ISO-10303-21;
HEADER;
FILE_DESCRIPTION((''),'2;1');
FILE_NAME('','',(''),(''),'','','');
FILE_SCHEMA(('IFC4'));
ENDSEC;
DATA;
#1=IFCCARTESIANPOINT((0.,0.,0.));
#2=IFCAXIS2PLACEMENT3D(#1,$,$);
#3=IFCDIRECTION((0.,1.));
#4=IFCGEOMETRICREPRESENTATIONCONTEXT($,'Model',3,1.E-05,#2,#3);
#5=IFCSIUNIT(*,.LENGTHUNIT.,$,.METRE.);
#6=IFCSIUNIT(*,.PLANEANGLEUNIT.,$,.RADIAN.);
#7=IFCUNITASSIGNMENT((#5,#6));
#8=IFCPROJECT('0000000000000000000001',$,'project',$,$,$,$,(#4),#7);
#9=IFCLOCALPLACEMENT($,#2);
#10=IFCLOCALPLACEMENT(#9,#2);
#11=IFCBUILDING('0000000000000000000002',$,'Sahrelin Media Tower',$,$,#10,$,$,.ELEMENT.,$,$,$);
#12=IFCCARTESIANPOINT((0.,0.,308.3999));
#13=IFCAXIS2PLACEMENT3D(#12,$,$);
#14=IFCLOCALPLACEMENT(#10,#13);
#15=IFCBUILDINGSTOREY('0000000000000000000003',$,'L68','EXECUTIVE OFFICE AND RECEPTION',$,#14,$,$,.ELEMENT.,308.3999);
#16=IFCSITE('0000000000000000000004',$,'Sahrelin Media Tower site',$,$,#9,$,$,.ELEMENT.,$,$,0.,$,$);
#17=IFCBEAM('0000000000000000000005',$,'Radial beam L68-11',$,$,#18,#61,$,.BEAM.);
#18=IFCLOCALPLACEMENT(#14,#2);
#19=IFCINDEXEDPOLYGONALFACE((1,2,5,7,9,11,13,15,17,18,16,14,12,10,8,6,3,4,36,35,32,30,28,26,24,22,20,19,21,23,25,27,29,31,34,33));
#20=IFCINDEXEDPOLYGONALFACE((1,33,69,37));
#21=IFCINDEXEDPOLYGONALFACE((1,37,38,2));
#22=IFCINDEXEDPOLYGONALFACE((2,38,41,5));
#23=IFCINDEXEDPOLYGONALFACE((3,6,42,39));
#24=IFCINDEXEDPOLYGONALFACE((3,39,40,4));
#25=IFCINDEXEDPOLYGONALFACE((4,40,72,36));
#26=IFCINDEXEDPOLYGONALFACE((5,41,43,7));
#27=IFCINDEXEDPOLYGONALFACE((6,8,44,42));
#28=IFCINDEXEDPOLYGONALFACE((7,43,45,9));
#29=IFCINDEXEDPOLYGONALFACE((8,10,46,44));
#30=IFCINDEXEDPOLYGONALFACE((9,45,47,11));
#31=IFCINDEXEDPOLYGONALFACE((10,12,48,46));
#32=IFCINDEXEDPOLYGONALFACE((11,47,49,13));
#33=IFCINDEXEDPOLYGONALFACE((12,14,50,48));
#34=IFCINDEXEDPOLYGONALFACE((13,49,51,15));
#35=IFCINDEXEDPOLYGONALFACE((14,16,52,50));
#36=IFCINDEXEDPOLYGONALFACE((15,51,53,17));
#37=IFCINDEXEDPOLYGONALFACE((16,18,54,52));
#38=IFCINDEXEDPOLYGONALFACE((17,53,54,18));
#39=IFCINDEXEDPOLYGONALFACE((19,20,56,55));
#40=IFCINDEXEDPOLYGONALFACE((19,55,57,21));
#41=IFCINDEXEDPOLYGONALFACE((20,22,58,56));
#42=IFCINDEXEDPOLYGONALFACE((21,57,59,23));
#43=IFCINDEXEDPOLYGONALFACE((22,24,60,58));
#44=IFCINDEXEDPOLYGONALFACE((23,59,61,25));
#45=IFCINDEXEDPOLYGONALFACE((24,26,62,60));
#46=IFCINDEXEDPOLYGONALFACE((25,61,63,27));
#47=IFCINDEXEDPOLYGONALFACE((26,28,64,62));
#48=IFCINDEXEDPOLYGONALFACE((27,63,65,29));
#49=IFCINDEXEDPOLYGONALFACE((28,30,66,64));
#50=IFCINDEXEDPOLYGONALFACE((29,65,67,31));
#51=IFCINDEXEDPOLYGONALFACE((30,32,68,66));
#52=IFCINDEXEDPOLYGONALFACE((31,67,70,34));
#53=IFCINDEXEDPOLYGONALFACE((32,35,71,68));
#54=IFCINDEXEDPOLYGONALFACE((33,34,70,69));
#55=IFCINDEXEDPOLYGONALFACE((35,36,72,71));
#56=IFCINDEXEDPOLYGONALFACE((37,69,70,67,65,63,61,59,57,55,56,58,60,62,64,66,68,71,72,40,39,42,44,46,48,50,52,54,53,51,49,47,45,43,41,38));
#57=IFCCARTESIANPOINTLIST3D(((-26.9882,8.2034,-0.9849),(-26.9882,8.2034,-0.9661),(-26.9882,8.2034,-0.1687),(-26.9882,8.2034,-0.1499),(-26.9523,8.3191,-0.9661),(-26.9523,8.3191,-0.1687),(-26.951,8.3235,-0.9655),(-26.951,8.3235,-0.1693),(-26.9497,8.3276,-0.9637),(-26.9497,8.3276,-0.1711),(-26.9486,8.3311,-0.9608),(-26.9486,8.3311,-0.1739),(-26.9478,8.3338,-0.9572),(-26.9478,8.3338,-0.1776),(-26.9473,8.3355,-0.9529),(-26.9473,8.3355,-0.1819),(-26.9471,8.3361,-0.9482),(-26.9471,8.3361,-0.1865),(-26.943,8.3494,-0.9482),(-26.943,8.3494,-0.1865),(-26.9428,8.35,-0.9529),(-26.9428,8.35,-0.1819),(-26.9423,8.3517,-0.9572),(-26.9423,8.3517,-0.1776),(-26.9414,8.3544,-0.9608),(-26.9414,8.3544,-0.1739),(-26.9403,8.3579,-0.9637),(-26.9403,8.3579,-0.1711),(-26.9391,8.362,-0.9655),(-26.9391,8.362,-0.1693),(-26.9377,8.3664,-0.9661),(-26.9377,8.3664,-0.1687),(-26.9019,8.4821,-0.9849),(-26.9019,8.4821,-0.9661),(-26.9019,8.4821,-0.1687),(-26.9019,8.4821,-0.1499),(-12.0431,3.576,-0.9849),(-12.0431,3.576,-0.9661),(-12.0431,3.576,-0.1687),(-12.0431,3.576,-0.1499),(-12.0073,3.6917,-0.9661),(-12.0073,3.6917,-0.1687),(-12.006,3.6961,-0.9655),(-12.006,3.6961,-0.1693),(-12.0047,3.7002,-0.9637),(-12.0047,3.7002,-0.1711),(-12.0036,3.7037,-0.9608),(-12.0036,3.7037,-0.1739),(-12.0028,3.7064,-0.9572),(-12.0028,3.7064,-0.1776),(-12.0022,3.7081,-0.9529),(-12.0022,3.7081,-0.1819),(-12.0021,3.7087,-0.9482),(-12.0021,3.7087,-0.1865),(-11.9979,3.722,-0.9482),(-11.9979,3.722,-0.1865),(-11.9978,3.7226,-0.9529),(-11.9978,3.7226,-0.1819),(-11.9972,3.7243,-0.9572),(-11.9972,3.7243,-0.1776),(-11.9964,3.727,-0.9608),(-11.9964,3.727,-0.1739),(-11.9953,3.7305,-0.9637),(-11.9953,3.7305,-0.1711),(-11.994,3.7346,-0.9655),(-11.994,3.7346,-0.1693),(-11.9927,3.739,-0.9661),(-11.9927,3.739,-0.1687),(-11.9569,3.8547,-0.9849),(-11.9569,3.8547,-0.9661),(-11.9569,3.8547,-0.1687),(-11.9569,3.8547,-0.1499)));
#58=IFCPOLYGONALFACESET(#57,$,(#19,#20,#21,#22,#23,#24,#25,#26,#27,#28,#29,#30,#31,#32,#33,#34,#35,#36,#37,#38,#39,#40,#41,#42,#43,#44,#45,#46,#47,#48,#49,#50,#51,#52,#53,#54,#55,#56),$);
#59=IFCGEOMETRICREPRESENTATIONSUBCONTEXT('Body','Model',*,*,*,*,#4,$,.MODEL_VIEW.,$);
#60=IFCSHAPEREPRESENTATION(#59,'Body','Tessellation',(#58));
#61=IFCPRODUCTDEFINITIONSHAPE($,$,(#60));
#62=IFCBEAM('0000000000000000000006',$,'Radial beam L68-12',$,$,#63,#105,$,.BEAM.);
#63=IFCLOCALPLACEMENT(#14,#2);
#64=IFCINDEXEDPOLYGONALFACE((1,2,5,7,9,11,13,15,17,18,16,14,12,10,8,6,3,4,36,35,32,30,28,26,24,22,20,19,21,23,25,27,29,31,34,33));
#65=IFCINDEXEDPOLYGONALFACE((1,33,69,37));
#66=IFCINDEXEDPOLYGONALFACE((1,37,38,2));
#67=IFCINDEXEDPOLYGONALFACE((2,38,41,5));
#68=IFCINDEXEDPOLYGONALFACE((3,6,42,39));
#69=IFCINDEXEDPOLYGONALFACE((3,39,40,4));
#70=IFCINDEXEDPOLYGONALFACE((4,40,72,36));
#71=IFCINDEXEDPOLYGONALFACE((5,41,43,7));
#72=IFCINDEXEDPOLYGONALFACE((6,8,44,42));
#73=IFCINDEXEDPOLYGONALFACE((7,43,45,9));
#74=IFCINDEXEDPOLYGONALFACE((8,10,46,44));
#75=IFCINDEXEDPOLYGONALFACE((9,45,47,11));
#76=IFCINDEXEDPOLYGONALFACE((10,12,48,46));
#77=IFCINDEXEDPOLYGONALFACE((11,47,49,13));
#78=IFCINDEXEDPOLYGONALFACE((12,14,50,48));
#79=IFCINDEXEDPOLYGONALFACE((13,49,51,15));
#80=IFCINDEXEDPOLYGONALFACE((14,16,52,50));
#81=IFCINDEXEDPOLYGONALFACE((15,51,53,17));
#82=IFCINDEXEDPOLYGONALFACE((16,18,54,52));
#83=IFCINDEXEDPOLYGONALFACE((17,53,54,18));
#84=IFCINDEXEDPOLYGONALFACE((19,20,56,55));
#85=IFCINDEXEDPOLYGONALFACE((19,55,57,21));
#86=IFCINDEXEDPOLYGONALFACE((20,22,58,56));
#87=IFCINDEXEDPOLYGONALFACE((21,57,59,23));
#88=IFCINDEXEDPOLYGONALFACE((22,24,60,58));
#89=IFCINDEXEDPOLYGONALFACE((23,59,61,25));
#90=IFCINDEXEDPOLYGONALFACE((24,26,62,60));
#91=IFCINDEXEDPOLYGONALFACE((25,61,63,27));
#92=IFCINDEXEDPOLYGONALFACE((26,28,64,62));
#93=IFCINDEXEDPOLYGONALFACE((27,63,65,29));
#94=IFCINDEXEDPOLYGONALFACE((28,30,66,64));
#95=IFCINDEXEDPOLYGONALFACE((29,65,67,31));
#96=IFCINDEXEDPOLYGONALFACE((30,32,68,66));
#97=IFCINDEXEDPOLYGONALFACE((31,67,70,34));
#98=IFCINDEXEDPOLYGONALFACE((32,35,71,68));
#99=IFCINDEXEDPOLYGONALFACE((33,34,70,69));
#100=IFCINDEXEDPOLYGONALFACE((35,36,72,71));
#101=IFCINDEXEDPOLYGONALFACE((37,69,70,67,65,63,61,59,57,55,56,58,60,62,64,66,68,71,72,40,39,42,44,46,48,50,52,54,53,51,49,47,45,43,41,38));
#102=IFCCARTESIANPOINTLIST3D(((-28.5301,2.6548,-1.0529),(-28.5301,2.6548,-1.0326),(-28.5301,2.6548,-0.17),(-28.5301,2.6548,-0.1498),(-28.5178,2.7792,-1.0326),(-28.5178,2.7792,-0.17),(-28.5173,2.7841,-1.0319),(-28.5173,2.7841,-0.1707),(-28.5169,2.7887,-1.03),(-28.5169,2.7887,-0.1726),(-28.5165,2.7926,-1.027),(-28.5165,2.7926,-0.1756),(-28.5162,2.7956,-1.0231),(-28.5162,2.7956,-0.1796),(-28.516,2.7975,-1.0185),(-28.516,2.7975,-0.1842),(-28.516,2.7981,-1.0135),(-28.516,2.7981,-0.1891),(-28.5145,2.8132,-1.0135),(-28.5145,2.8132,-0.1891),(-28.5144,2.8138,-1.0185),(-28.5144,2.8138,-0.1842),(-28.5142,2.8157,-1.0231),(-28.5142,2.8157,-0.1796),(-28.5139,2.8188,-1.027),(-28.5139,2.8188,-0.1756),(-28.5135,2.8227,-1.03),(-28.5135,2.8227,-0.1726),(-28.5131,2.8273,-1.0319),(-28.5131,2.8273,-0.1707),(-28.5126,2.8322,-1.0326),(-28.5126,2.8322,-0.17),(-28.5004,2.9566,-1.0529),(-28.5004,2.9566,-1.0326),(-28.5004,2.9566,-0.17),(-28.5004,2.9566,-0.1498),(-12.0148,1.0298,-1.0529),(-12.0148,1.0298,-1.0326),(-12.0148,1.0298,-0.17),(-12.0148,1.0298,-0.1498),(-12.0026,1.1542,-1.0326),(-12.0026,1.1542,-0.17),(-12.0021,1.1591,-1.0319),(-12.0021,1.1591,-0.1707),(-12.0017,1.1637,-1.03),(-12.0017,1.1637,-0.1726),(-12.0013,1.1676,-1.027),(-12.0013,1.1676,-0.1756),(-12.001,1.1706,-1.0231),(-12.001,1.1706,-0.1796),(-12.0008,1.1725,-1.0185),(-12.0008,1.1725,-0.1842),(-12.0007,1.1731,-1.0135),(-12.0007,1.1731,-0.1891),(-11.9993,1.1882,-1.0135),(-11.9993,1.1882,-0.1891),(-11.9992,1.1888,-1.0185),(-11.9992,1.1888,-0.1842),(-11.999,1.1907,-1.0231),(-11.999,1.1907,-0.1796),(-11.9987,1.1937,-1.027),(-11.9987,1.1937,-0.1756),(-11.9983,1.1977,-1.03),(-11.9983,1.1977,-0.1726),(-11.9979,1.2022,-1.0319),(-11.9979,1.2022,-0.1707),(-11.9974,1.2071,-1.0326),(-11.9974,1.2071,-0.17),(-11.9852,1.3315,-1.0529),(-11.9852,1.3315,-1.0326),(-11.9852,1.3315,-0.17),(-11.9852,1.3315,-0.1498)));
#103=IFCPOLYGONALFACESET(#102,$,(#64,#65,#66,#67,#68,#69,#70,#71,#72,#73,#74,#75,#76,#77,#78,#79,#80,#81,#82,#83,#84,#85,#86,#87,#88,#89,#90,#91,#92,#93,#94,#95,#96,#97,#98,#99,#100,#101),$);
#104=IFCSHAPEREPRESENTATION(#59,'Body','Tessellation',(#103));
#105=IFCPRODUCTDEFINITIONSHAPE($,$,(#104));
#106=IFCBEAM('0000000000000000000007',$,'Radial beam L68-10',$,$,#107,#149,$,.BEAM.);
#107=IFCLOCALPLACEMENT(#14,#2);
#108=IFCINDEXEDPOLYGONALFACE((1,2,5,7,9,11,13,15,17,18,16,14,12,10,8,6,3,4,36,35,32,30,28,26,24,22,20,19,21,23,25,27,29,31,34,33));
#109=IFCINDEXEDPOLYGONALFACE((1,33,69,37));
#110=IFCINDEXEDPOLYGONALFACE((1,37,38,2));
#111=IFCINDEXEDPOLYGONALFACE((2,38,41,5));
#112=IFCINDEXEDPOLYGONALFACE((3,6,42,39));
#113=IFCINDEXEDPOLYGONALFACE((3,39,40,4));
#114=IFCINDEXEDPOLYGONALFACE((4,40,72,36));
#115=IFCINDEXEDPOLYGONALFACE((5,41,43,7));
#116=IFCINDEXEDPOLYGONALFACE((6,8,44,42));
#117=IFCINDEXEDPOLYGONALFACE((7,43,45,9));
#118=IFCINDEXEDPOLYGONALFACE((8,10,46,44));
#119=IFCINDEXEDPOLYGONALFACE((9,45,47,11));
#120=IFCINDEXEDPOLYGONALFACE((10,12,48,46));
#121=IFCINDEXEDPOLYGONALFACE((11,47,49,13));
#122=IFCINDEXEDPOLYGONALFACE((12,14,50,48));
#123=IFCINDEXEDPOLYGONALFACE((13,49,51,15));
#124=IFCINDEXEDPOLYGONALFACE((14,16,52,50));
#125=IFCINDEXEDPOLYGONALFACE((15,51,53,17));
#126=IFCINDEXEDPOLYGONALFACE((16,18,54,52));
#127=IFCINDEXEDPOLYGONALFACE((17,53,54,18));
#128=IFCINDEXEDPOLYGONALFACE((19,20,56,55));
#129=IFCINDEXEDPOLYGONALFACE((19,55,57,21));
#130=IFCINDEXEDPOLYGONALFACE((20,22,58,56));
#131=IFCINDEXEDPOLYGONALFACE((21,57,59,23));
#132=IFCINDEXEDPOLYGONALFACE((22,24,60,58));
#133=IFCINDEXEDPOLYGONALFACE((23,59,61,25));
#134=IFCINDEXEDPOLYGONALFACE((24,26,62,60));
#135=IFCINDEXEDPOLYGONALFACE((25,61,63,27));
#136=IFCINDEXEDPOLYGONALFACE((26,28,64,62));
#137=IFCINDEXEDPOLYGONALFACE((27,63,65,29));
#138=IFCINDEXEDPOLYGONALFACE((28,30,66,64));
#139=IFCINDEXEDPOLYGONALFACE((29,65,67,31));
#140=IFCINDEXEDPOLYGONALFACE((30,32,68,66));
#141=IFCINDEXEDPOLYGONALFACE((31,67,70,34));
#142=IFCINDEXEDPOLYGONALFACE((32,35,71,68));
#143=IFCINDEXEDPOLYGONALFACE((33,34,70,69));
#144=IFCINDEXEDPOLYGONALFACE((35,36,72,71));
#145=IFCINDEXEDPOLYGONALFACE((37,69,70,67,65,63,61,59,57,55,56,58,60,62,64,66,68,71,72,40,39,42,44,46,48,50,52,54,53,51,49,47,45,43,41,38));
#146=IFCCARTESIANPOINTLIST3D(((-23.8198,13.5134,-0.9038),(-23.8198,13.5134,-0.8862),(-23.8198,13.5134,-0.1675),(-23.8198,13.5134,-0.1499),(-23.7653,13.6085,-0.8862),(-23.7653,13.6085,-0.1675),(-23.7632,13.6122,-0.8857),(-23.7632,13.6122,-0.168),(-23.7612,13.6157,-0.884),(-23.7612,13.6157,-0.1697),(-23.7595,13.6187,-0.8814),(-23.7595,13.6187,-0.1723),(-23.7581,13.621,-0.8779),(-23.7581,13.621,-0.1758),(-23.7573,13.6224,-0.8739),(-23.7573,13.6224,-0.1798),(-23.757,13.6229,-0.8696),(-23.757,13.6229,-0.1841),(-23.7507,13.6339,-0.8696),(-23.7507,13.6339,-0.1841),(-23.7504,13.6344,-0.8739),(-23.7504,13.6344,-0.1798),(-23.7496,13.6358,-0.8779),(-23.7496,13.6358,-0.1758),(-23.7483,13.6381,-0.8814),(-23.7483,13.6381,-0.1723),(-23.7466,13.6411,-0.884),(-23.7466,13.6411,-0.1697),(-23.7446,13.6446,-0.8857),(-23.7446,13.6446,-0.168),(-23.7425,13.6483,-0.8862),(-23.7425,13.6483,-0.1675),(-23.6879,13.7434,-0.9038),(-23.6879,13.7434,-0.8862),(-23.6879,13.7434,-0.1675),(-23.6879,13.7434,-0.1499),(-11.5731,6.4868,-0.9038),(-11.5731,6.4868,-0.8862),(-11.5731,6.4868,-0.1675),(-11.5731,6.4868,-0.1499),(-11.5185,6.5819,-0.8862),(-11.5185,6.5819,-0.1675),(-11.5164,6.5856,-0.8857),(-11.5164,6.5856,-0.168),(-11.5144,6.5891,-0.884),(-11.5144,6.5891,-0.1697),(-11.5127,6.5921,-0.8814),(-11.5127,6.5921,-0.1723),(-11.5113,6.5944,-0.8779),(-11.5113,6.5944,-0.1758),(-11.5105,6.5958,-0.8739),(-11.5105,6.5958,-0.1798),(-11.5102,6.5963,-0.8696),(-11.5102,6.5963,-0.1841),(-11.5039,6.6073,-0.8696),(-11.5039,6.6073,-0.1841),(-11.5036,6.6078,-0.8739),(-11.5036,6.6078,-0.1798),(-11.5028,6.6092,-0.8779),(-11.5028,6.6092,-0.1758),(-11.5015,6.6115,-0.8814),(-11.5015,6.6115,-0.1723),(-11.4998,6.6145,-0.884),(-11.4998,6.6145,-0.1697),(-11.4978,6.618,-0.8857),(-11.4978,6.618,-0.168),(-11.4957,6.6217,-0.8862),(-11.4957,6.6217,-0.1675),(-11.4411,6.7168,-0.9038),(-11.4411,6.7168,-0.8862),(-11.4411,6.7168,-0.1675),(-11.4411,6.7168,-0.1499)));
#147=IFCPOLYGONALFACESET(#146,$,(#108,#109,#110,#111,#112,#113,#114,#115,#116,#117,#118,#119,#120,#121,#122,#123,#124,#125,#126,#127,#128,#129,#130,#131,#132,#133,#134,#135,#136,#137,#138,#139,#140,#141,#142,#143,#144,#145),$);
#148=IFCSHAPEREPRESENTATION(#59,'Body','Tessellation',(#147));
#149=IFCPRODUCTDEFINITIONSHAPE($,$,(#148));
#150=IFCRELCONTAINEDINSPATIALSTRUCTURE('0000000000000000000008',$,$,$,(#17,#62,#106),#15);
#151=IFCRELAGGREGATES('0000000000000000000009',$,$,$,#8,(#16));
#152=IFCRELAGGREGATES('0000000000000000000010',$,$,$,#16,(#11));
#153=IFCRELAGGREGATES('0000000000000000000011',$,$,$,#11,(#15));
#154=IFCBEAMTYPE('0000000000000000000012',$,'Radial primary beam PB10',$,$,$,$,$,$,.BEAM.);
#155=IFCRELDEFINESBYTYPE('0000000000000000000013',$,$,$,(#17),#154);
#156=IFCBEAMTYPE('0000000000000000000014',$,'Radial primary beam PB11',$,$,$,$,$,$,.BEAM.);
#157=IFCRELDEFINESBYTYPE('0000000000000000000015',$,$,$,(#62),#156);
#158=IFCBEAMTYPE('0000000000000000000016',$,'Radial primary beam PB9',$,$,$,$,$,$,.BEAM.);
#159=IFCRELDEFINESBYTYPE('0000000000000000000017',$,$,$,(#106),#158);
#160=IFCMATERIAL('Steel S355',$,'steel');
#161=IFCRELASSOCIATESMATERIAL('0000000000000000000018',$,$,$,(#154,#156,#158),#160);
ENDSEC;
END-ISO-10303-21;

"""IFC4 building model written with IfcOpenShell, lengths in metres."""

from ifc_helpers import new_model, si_unit, direction, frame, origin, origin_2d, place, context, subcontext, project, spatial, i_section, extrude, material, material_profile, profile_set, type_object, element, save


model = new_model("IFC4")

# Units and contexts
model_context = context("Model", 3, precision=1e-05, world=origin(), true_north=direction((0.0, 1.0)))
body_context = subcontext(model_context, "Body", "Model", "MODEL_VIEW")
ifc_project = project(units=[si_unit("LENGTHUNIT", "METRE"), si_unit("PLANEANGLEUNIT", "RADIAN")], contexts=[model_context])

# Site, building, storey
site_placement = place(None, origin())
site = spatial("IfcSite", under=ifc_project, at=site_placement, Name="Sahrelin Media Tower site", CompositionType="ELEMENT", RefElevation=0.0)
building_placement = place(site_placement, origin())
building = spatial("IfcBuilding", under=site, at=building_placement, Name="Sahrelin Media Tower", CompositionType="ELEMENT")
storey_placement = place(building_placement, frame((0.0, 0.0, 308.3999)))
storey = spatial("IfcBuildingStorey", under=building, at=storey_placement, Name="L68", Description="EXECUTIVE OFFICE AND RECEPTION", CompositionType="ELEMENT", Elevation=308.3999)

# Beams
ifc_material_1 = material(Name="Steel S355", Category="steel")
ifc_material_profile_1 = material_profile(ifc_material_1, i_section(OverallWidth=0.2917, OverallDepth=0.835, WebThickness=0.0139, FlangeThickness=0.0188, FilletRadius=0.0178, at=origin_2d()), Name="UB 838x292x176")
ifc_profile_set_1 = profile_set([ifc_material_profile_1], Name="Steel S355")
beam_type_1 = type_object("IfcBeamType", Name="Radial primary beam PB10", PredefinedType="BEAM", material=ifc_profile_set_1)
beam_1_placement = place(storey_placement, frame((-12.0, 3.7153, -0.5674), z_axis=(-0.955257, 0.295776, 0.0), x_axis=(-0.295776, -0.955257, 0.0)))
element("IfcBeam", 1, at=beam_1_placement, inside=storey, type_object=beam_type_1, Name="Radial beam L68-11", PredefinedType="BEAM", context=body_context, shape_type="SweptSolid", body=[
    extrude(i_section(OverallWidth=0.2917, OverallDepth=0.835, WebThickness=0.0139, FlangeThickness=0.0188, FilletRadius=0.0178, at=origin_2d()), origin(), (0.0, 0.0, 1.0), 15.645),
])
ifc_material_profile_2 = material_profile(ifc_material_1, i_section(OverallWidth=0.3032, OverallDepth=0.9031, WebThickness=0.0151, FlangeThickness=0.0203, FilletRadius=0.019, at=origin_2d()), Name="UB 914x305x201")
ifc_profile_set_2 = profile_set([ifc_material_profile_2], Name="Steel S355")
beam_type_2 = type_object("IfcBeamType", Name="Radial primary beam PB11", PredefinedType="BEAM", material=ifc_profile_set_2)
beam_2_placement = place(storey_placement, frame((-12.0, 1.1807, -0.6013), z_axis=(-0.995194, 0.097922, 0.0), x_axis=(-0.097922, -0.995194, 0.0)))
element("IfcBeam", 2, at=beam_2_placement, inside=storey, type_object=beam_type_2, Name="Radial beam L68-12", PredefinedType="BEAM", context=body_context, shape_type="SweptSolid", body=[
    extrude(i_section(OverallWidth=0.3032, OverallDepth=0.9031, WebThickness=0.0151, FlangeThickness=0.0203, FilletRadius=0.019, at=origin_2d()), origin(), (0.0, 0.0, 1.0), 16.595),
])
ifc_material_profile_3 = material_profile(ifc_material_1, i_section(OverallWidth=0.2651, OverallDepth=0.7539, WebThickness=0.0127, FlangeThickness=0.0176, FilletRadius=0.0166, at=origin_2d()), Name="UB 762x267x147")
ifc_profile_set_3 = profile_set([ifc_material_profile_3], Name="Steel S355")
beam_type_3 = type_object("IfcBeamType", Name="Radial primary beam PB9", PredefinedType="BEAM", material=ifc_profile_set_3)
beam_3_placement = place(storey_placement, frame((-11.5071, 6.6018, -0.5269), z_axis=(-0.867375, 0.497656, 0.0), x_axis=(-0.497656, -0.867375, 0.0)))
element("IfcBeam", 3, at=beam_3_placement, inside=storey, type_object=beam_type_3, Name="Radial beam L68-10", PredefinedType="BEAM", context=body_context, shape_type="SweptSolid", body=[
    extrude(i_section(OverallWidth=0.2651, OverallDepth=0.7539, WebThickness=0.0127, FlangeThickness=0.0176, FilletRadius=0.0166, at=origin_2d()), origin(), (0.0, 0.0, 1.0), 14.1194),
])

save(model, "model.ifc")
